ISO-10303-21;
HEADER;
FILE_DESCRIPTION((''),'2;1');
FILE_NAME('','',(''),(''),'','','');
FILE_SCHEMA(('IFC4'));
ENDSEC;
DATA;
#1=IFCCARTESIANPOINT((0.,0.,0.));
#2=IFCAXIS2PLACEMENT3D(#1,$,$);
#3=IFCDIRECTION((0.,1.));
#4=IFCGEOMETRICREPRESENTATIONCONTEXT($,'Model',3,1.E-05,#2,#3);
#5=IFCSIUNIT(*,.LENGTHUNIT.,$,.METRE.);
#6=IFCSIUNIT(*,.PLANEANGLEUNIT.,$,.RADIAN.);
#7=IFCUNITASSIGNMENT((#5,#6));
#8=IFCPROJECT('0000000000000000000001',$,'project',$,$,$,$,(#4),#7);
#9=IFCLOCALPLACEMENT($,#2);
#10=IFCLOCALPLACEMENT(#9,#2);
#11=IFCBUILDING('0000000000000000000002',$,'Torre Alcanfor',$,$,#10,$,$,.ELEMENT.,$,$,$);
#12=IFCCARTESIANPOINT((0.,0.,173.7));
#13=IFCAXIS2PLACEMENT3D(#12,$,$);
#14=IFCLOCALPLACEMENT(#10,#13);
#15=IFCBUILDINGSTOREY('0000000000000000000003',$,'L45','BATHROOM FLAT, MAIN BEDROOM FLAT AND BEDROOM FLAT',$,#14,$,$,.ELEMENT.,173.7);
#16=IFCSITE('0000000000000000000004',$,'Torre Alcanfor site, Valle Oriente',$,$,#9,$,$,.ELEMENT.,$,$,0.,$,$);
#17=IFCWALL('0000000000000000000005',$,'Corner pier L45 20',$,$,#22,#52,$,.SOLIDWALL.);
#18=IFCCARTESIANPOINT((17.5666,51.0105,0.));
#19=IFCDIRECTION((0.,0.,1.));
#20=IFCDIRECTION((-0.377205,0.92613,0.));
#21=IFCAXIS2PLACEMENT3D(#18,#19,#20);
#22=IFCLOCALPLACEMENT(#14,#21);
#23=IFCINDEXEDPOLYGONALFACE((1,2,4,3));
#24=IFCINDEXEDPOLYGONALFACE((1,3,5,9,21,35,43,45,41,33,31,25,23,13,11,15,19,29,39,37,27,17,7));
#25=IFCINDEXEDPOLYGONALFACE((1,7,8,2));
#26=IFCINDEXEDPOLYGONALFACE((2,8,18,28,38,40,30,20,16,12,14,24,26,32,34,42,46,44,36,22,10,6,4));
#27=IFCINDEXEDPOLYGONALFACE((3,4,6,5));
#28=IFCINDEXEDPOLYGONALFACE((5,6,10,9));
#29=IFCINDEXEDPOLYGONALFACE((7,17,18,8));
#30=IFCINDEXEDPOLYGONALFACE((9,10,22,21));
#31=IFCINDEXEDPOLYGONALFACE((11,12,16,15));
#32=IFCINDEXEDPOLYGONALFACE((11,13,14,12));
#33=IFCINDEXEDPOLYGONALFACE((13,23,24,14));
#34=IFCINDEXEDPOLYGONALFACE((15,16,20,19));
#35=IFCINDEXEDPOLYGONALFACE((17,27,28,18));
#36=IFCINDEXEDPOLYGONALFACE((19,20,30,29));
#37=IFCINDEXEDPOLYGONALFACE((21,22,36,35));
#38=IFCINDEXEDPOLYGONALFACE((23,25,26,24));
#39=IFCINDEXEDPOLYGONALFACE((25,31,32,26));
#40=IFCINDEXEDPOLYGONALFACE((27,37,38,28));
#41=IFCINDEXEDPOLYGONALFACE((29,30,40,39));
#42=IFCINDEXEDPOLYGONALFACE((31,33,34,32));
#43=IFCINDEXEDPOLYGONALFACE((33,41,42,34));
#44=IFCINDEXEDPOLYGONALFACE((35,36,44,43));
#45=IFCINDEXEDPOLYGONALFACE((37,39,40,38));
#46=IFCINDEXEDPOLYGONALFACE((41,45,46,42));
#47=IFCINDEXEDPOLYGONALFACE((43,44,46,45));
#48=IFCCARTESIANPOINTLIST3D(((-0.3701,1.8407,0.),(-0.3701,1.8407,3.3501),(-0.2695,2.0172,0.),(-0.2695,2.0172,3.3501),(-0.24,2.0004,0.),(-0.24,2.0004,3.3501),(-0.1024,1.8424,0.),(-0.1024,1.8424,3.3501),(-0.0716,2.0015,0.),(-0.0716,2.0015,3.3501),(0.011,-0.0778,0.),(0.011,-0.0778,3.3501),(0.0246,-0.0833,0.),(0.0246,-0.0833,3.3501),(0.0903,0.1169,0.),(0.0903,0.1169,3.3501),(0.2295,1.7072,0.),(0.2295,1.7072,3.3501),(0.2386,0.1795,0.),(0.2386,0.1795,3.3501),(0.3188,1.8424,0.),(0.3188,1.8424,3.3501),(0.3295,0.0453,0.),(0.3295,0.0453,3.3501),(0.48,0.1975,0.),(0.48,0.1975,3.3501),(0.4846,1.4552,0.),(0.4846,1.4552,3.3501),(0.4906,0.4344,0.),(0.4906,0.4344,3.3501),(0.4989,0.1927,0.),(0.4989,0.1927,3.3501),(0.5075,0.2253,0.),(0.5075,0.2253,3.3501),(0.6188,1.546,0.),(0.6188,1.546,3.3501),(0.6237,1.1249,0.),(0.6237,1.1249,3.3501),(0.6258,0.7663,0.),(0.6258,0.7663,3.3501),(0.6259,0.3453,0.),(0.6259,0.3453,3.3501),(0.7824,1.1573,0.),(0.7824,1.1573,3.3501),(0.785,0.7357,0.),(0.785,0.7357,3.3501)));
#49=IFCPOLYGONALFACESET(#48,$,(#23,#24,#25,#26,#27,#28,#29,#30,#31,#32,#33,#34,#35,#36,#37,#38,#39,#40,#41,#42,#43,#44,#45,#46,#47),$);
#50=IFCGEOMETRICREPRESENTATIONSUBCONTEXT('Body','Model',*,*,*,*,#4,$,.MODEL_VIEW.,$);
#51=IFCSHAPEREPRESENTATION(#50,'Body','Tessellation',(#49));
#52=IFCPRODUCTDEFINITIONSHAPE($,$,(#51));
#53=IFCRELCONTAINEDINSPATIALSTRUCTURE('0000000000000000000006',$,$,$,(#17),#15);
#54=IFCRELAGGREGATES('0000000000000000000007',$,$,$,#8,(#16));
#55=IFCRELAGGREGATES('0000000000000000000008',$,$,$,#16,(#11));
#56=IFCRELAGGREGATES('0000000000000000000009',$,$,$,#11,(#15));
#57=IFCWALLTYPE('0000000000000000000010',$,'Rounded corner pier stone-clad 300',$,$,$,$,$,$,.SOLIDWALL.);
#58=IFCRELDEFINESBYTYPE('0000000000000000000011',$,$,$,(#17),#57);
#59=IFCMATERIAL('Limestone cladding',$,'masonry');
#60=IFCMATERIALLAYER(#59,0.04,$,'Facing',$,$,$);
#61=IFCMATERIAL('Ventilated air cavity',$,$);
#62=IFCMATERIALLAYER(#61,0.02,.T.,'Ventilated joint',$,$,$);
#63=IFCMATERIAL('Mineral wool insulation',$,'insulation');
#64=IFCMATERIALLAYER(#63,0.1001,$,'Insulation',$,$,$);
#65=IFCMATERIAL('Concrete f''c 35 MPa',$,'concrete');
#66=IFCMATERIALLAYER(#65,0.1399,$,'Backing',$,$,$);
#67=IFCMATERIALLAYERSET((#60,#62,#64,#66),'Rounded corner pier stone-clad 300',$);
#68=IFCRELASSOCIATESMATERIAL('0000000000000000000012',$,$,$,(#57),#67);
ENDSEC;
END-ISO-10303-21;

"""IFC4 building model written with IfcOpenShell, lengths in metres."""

from ifc_helpers import new_model, si_unit, direction, frame, origin, place, context, subcontext, project, spatial, polyline, outline, extrude, material, layer, layer_set, type_object, element, save


model = new_model("IFC4")

# Units and contexts
model_context = context("Model", 3, precision=1e-05, world=origin(), true_north=direction((0.0, 1.0)))
body_context = subcontext(model_context, "Body", "Model", "MODEL_VIEW")
ifc_project = project(units=[si_unit("LENGTHUNIT", "METRE"), si_unit("PLANEANGLEUNIT", "RADIAN")], contexts=[model_context])

# Site, building, storey
site_placement = place(None, origin())
site = spatial("IfcSite", under=ifc_project, at=site_placement, Name="Torre Alcanfor site, Valle Oriente", CompositionType="ELEMENT", RefElevation=0.0)
building_placement = place(site_placement, origin())
building = spatial("IfcBuilding", under=site, at=building_placement, Name="Torre Alcanfor", CompositionType="ELEMENT")
storey_placement = place(building_placement, frame((0.0, 0.0, 173.7)))
storey = spatial("IfcBuildingStorey", under=building, at=storey_placement, Name="L45", Description="BATHROOM FLAT, MAIN BEDROOM FLAT AND BEDROOM FLAT", CompositionType="ELEMENT", Elevation=173.7)

# Shared definitions
ifc_material_1 = material(Name="Limestone cladding", Category="masonry")
ifc_material_2 = material(Name="Ventilated air cavity")
ifc_material_3 = material(Name="Mineral wool insulation", Category="insulation")
ifc_material_4 = material(Name="Concrete f'c 35 MPa", Category="concrete")

# Wall
ifc_layer_1 = layer(ifc_material_1, 0.04, Name="Facing")
ifc_layer_2 = layer(ifc_material_2, 0.02, ventilated=True, Name="Ventilated joint")
ifc_layer_3 = layer(ifc_material_3, 0.1001, Name="Insulation")
ifc_layer_4 = layer(ifc_material_4, 0.1399, Name="Backing")
ifc_layer_set_1 = layer_set([ifc_layer_1, ifc_layer_2, ifc_layer_3, ifc_layer_4], Name="Rounded corner pier stone-clad 300")
wall_type_1 = type_object("IfcWallType", Name="Rounded corner pier stone-clad 300", PredefinedType="SOLIDWALL", material=ifc_layer_set_1)
wall_1_placement = place(storey_placement, frame((17.5666, 51.0105, 0.0), z_axis=(0.0, 0.0, 1.0), x_axis=(-0.377205, 0.92613, 0.0)))
element("IfcWall", 1, at=wall_1_placement, inside=storey, type_object=wall_type_1, Name="Corner pier L45 20", PredefinedType="SOLIDWALL", context=body_context, shape_type="SweptSolid", body=[
    extrude(outline(polyline([(-0.2695, 2.0172), (-0.3701, 1.8407), (-0.1024, 1.8424), (0.2295, 1.7072), (0.4846, 1.4552), (0.6237, 1.1249), (0.6258, 0.7663), (0.4906, 0.4344), (0.2386, 0.1795), (0.0903, 0.1169), (0.011, -0.0778), (0.0246, -0.0833), (0.3295, 0.0453), (0.48, 0.1975), (0.4989, 0.1927), (0.5075, 0.2253), (0.6259, 0.3453), (0.785, 0.7357), (0.7824, 1.1573), (0.6188, 1.546), (0.3188, 1.8424), (-0.0716, 2.0015), (-0.24, 2.0004), (-0.2695, 2.0172)])), origin(), (0.0, 0.0, 1.0), 3.3501),
])

save(model, "model.ifc")
